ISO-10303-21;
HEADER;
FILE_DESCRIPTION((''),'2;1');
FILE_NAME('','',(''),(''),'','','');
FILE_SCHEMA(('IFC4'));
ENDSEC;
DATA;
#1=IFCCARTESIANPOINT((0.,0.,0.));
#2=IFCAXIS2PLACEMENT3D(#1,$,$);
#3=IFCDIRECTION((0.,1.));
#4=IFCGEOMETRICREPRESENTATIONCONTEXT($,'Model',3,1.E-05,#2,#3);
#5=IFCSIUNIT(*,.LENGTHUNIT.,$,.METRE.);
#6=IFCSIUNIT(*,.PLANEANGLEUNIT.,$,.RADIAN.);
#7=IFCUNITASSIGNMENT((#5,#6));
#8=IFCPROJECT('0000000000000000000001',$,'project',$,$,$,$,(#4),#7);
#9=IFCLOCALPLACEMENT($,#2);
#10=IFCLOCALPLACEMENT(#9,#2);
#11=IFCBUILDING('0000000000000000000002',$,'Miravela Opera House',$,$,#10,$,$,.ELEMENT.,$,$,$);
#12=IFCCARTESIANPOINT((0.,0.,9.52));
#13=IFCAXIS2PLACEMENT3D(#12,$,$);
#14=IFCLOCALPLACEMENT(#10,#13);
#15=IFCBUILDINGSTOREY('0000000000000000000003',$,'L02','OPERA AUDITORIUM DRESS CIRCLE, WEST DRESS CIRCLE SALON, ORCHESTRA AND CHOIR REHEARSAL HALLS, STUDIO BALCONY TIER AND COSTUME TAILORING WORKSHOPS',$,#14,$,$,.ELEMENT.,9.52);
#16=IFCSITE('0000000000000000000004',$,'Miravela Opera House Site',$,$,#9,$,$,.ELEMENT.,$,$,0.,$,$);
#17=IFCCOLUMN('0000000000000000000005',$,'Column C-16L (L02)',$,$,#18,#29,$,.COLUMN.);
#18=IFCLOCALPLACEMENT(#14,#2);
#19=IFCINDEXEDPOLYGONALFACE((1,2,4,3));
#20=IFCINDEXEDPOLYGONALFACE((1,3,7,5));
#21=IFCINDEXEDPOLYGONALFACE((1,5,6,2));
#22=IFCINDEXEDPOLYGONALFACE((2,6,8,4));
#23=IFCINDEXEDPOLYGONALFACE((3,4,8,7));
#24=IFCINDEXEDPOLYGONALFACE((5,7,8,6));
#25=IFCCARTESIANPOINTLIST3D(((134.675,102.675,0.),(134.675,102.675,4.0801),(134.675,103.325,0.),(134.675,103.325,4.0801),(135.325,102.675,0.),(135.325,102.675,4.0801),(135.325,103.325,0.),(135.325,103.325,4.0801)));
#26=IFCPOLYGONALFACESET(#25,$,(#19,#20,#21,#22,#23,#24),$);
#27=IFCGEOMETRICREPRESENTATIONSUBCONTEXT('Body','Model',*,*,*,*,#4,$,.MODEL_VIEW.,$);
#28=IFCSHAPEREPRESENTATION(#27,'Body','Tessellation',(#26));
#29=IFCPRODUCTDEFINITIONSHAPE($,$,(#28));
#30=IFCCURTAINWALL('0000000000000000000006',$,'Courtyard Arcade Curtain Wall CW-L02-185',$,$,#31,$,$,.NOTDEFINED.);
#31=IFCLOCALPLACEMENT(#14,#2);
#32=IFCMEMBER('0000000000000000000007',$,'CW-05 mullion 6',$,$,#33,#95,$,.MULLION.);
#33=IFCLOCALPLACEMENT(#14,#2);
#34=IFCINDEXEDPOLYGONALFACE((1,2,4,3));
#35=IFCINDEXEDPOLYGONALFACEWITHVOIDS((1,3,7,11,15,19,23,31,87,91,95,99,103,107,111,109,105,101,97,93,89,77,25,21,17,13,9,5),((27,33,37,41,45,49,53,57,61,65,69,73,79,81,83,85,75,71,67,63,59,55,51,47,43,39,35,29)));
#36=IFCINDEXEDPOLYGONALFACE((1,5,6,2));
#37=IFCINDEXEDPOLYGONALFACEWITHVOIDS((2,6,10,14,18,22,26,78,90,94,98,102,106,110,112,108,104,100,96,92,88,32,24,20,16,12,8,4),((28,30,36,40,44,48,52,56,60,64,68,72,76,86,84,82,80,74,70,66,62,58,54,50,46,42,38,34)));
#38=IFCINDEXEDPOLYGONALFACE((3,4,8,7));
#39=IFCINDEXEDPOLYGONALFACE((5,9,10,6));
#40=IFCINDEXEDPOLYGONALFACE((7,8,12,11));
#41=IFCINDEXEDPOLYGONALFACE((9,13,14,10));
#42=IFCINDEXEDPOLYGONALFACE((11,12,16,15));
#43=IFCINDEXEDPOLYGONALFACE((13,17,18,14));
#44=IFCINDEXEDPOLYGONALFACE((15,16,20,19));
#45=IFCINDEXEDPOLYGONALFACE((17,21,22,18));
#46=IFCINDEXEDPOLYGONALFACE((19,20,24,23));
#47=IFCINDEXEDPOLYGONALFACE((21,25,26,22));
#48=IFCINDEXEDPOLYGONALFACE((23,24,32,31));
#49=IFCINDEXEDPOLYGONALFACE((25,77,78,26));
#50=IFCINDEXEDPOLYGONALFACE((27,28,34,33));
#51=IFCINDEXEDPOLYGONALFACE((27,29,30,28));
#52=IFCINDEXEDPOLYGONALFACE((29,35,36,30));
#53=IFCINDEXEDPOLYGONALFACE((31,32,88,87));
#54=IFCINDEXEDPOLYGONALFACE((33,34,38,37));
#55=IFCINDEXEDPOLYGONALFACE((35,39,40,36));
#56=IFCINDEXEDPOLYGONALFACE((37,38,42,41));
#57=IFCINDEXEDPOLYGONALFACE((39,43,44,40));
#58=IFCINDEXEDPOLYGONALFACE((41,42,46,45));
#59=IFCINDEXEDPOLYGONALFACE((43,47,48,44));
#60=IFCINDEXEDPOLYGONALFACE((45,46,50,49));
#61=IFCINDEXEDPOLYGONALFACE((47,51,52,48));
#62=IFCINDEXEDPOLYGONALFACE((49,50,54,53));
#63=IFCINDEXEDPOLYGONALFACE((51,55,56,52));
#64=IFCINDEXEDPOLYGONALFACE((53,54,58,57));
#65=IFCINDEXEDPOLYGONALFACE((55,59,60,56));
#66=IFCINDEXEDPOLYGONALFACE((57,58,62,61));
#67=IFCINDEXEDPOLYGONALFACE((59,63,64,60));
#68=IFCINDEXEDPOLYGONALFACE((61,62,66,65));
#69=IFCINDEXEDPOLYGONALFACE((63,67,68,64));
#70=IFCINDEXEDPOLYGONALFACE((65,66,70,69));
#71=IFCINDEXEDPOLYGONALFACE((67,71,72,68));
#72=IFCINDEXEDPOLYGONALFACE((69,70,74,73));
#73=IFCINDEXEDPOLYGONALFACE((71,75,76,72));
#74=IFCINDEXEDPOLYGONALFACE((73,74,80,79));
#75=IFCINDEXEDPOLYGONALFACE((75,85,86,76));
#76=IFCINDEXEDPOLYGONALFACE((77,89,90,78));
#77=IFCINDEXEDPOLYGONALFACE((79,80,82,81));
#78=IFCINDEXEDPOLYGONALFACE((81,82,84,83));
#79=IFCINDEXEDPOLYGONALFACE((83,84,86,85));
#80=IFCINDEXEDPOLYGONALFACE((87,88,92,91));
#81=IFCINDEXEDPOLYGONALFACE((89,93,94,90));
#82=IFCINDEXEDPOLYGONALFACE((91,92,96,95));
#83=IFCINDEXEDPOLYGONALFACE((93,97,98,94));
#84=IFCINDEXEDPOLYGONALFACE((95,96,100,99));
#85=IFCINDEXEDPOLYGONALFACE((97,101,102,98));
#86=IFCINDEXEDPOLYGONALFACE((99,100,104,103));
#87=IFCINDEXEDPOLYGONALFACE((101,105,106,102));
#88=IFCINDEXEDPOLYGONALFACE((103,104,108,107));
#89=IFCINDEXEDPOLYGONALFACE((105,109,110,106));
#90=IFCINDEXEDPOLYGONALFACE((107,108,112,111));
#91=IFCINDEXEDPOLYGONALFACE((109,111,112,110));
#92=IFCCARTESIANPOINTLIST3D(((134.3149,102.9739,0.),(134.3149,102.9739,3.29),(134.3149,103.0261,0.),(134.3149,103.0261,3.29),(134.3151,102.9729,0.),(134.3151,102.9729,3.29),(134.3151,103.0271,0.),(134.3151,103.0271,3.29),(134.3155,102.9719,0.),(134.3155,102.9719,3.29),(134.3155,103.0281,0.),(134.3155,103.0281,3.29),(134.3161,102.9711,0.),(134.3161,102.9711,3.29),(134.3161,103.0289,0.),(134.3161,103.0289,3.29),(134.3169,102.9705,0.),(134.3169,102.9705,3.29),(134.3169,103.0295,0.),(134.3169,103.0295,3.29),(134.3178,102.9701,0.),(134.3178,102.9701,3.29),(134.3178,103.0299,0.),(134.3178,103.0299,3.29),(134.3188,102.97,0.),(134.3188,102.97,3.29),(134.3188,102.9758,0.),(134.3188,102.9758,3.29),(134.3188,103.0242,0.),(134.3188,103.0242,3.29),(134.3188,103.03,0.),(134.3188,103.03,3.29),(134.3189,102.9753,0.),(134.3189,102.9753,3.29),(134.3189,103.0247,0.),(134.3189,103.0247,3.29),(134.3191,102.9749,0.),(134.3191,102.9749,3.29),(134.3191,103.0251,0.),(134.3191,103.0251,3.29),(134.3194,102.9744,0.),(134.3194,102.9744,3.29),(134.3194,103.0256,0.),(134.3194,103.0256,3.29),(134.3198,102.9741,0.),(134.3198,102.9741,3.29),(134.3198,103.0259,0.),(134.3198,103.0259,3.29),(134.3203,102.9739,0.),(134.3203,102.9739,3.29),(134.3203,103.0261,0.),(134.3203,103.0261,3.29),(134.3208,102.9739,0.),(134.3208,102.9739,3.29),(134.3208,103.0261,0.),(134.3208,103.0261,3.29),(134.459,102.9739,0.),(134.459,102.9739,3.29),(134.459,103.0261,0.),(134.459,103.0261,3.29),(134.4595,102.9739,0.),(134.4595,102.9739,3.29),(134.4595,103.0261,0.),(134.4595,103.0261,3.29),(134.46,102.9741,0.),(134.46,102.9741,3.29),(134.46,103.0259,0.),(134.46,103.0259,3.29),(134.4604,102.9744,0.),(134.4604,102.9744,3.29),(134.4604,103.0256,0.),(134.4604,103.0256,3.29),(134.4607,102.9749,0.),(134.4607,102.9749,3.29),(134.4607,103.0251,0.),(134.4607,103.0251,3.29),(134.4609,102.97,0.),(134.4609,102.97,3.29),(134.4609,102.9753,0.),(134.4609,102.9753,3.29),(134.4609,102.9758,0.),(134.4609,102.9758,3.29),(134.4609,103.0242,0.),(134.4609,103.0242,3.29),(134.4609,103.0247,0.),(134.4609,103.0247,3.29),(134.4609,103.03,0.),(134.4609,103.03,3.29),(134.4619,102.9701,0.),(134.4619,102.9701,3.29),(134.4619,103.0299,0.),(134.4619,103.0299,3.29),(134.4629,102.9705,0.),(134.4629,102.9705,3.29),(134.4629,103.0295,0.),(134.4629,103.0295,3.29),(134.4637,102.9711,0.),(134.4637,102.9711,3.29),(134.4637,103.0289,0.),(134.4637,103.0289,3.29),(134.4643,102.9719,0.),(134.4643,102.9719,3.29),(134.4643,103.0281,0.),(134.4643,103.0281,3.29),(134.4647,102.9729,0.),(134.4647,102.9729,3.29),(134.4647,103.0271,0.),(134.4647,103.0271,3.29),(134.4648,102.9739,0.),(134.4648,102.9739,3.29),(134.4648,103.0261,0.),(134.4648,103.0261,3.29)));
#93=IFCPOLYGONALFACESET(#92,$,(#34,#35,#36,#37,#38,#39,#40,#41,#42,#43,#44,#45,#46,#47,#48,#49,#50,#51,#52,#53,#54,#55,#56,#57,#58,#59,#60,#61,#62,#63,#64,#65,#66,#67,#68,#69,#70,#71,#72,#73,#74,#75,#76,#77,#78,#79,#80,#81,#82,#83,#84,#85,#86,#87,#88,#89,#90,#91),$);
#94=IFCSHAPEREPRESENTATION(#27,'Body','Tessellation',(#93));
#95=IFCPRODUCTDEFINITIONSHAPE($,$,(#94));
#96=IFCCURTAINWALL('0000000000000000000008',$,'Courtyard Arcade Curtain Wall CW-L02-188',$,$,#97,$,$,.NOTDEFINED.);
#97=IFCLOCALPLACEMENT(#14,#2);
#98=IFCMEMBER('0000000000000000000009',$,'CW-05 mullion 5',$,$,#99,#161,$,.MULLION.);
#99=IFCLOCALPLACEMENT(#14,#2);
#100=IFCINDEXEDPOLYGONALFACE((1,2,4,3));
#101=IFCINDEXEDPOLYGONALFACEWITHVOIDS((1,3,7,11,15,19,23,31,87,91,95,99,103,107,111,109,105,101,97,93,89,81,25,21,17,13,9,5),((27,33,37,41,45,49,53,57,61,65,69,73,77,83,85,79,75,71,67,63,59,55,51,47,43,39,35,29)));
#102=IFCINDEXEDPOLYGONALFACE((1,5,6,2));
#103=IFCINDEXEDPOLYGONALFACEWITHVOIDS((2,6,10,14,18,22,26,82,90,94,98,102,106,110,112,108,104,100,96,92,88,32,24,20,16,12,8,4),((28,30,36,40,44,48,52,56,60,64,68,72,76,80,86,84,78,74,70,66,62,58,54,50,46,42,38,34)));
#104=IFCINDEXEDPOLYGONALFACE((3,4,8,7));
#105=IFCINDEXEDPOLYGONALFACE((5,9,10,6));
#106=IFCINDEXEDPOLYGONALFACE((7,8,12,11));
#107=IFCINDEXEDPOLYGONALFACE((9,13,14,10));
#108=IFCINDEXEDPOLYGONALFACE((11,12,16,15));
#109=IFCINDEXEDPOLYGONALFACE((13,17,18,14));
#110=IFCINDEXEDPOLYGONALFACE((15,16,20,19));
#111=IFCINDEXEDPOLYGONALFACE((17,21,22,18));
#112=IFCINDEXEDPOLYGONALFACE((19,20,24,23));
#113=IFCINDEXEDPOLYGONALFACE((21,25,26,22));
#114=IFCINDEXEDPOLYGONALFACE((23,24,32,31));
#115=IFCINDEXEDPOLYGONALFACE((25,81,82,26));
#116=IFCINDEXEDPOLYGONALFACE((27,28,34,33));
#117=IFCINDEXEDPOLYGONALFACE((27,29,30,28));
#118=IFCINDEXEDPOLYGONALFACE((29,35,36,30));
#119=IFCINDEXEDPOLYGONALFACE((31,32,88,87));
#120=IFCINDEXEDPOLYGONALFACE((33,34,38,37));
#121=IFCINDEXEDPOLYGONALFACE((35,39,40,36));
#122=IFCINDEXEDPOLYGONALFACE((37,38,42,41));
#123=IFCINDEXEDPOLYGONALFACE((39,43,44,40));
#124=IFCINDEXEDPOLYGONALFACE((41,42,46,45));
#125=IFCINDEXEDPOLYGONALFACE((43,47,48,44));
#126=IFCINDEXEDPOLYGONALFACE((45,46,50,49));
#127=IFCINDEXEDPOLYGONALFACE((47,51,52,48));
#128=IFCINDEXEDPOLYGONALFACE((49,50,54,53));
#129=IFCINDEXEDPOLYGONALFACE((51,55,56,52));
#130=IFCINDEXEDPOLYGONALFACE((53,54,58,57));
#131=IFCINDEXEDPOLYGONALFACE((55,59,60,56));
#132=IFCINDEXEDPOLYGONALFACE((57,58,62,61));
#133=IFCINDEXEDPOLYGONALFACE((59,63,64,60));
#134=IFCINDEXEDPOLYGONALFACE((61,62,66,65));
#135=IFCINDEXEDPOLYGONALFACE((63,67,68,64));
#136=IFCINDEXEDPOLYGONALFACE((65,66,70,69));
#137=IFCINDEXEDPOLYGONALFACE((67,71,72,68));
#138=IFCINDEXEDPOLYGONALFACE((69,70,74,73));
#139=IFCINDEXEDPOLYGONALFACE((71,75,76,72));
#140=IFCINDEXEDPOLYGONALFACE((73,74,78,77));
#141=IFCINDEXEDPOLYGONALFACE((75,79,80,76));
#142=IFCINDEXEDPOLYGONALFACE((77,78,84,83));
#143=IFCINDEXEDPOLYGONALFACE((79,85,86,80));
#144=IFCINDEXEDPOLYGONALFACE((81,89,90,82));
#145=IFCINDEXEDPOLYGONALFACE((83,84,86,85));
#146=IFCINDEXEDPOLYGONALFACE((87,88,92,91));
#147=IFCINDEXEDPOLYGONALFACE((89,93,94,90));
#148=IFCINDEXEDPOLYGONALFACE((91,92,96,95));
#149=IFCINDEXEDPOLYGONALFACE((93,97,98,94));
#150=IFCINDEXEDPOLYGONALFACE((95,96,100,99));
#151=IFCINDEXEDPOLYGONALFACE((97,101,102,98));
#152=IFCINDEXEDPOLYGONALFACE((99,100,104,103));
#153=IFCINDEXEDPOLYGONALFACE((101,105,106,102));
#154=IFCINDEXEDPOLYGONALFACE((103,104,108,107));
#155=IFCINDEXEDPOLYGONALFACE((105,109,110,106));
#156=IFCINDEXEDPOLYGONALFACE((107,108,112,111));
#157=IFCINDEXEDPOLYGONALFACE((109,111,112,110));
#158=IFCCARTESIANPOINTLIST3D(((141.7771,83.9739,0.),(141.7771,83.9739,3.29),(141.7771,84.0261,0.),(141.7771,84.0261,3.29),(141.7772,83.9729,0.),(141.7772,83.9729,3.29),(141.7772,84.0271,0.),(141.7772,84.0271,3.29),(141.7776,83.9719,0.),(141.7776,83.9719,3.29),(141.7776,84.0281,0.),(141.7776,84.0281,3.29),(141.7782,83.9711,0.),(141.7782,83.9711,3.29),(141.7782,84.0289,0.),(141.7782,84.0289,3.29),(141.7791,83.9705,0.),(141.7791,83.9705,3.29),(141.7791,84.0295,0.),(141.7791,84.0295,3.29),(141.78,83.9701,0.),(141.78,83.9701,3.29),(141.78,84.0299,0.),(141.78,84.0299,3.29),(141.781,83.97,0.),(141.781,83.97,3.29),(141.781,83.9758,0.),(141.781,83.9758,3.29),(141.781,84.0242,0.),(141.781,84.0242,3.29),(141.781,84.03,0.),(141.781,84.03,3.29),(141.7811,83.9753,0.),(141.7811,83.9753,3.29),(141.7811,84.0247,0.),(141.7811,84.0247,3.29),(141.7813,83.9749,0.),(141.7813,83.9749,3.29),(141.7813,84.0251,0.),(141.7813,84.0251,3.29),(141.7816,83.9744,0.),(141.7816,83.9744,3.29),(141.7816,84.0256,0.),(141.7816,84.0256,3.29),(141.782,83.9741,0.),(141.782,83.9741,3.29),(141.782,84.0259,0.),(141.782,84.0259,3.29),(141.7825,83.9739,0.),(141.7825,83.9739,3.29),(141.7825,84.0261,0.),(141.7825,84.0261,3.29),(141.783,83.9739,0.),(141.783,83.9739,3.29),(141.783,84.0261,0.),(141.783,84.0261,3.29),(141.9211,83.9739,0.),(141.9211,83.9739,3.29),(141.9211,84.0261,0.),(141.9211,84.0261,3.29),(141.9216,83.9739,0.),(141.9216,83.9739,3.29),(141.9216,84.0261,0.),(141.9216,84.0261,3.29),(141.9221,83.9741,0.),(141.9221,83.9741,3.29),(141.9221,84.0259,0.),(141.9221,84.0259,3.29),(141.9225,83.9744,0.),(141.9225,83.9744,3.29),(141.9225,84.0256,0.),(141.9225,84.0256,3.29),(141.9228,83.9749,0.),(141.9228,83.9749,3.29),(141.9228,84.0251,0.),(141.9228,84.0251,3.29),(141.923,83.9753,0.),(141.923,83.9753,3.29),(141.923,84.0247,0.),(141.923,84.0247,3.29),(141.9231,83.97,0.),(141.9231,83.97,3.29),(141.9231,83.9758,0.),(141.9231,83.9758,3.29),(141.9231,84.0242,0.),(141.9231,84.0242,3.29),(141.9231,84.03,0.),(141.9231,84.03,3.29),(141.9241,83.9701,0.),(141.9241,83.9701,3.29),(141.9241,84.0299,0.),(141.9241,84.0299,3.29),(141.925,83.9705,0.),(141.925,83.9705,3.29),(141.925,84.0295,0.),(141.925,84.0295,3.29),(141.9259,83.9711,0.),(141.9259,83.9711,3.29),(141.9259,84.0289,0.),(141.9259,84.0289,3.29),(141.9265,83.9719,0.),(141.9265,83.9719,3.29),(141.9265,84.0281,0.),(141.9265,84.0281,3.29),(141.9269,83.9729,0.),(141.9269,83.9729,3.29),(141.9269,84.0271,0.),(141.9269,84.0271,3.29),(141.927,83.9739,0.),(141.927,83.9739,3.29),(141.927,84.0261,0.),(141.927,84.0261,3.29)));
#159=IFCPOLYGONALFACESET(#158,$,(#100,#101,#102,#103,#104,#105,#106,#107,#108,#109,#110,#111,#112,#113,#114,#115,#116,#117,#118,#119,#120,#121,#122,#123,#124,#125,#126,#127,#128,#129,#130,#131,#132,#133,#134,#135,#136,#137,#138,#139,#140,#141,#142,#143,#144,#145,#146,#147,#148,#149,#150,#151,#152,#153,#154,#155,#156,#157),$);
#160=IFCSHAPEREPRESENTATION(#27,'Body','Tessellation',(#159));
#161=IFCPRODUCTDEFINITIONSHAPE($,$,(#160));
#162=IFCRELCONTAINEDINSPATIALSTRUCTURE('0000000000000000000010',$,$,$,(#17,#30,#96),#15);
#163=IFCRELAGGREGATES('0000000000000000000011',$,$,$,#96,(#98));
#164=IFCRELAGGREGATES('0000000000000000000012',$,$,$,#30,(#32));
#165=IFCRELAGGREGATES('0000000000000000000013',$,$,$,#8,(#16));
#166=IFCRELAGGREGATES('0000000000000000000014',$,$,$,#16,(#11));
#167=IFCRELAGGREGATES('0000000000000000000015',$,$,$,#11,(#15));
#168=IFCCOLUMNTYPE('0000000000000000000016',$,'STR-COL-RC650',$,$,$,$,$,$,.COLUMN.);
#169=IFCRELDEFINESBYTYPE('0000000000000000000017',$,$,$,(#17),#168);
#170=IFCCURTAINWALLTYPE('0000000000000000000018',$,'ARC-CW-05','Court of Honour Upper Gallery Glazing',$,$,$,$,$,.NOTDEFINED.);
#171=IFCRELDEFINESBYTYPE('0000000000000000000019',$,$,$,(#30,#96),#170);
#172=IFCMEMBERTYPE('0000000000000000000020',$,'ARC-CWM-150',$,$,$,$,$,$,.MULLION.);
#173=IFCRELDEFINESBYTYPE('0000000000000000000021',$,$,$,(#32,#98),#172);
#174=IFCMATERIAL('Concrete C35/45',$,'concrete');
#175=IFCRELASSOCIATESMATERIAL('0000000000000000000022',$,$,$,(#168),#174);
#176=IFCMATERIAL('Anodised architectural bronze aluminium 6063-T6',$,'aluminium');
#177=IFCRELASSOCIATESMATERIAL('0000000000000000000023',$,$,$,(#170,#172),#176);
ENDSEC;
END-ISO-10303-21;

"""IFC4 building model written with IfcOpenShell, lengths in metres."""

from ifc_helpers import new_model, si_unit, direction, frame, origin, origin_2d, place, context, subcontext, project, spatial, rectangle, hollow_rectangle, extrude, material, material_profile, profile_set, type_object, element, aggregate, save


model = new_model("IFC4")

# Units and contexts
model_context = context("Model", 3, precision=1e-05, world=origin(), true_north=direction((0.0, 1.0)))
body_context = subcontext(model_context, "Body", "Model", "MODEL_VIEW")
ifc_project = project(units=[si_unit("LENGTHUNIT", "METRE"), si_unit("PLANEANGLEUNIT", "RADIAN")], contexts=[model_context])

# Site, building, storey
site_placement = place(None, origin())
site = spatial("IfcSite", under=ifc_project, at=site_placement, Name="Miravela Opera House Site", CompositionType="ELEMENT", RefElevation=0.0)
building_placement = place(site_placement, origin())
building = spatial("IfcBuilding", under=site, at=building_placement, Name="Miravela Opera House", CompositionType="ELEMENT")
storey_placement = place(building_placement, frame((0.0, 0.0, 9.52)))
storey = spatial("IfcBuildingStorey", under=building, at=storey_placement, Name="L02", Description="OPERA AUDITORIUM DRESS CIRCLE, WEST DRESS CIRCLE SALON, ORCHESTRA AND CHOIR REHEARSAL HALLS, STUDIO BALCONY TIER AND COSTUME TAILORING WORKSHOPS", CompositionType="ELEMENT", Elevation=9.52)

# Column
ifc_material_1 = material(Name="Concrete C35/45", Category="concrete")
ifc_material_profile_1 = material_profile(ifc_material_1, rectangle(XDim=0.6499, YDim=0.6499, at=origin_2d()), Name="RC-COL-650X650")
ifc_profile_set_1 = profile_set([ifc_material_profile_1])
column_type = type_object("IfcColumnType", Name="STR-COL-RC650", PredefinedType="COLUMN", material=ifc_profile_set_1)
column_placement = place(storey_placement, frame((135.0, 103.0, 0.0), z_axis=(0.0, 0.0, 1.0), x_axis=(1.0, 0.0, 0.0)))
element("IfcColumn", 1, at=column_placement, inside=storey, type_object=column_type, Name="Column C-16L (L02)", PredefinedType="COLUMN", context=body_context, shape_type="SweptSolid", body=[
    extrude(rectangle(XDim=0.6499, YDim=0.6499, at=origin_2d()), origin(), (0.0, 0.0, 1.0), 4.0801),
])

# Curtain walls, members
ifc_material_2 = material(Name="Anodised architectural bronze aluminium 6063-T6", Category="aluminium")
curtain_wall_type = type_object("IfcCurtainWallType", Name="ARC-CW-05", Description="Court of Honour Upper Gallery Glazing", PredefinedType="NOTDEFINED", material=ifc_material_2)
curtain_wall_1_placement = place(storey_placement, origin())
curtain_wall_1 = element("IfcCurtainWall", 2, at=curtain_wall_1_placement, inside=storey, type_object=curtain_wall_type, Name="Courtyard Arcade Curtain Wall CW-L02-185", PredefinedType="NOTDEFINED")
ifc_material_profile_2 = material_profile(ifc_material_2, hollow_rectangle(XDim=0.0601, YDim=0.1499, WallThickness=0.0039, InnerFilletRadius=0.002, OuterFilletRadius=0.0039, at=origin_2d()), Name="CWM-60X150")
ifc_profile_set_2 = profile_set([ifc_material_profile_2])
member_type_1 = type_object("IfcMemberType", Name="ARC-CWM-150", PredefinedType="MULLION", material=ifc_profile_set_2)
member_1_placement = place(storey_placement, frame((134.3899, 103.0, 0.0), z_axis=(0.0, 0.0, 1.0), x_axis=(0.0, 1.0, 0.0)))
member_1 = element("IfcMember", 3, at=member_1_placement, type_object=member_type_1, Name="CW-05 mullion 6", PredefinedType="MULLION", context=body_context, shape_type="SweptSolid", body=[
    extrude(hollow_rectangle(XDim=0.0601, YDim=0.1499, WallThickness=0.0039, InnerFilletRadius=0.002, OuterFilletRadius=0.0039, at=origin_2d()), origin(), (0.0, 0.0, 1.0), 3.29),
])
curtain_wall_2_placement = place(storey_placement, origin())
curtain_wall_2 = element("IfcCurtainWall", 4, at=curtain_wall_2_placement, inside=storey, type_object=curtain_wall_type, Name="Courtyard Arcade Curtain Wall CW-L02-188", PredefinedType="NOTDEFINED")
member_2_placement = place(storey_placement, frame((141.8521, 84.0, 0.0), z_axis=(0.0, 0.0, 1.0), x_axis=(0.0, 1.0, 0.0)))
member_2 = element("IfcMember", 5, at=member_2_placement, type_object=member_type_1, Name="CW-05 mullion 5", PredefinedType="MULLION", context=body_context, shape_type="SweptSolid", body=[
    extrude(hollow_rectangle(XDim=0.0601, YDim=0.1499, WallThickness=0.0039, InnerFilletRadius=0.002, OuterFilletRadius=0.0039, at=origin_2d()), origin(), (0.0, 0.0, 1.0), 3.29),
])

aggregate(curtain_wall_2, [member_2])

aggregate(curtain_wall_1, [member_1])

save(model, "model.ifc")
